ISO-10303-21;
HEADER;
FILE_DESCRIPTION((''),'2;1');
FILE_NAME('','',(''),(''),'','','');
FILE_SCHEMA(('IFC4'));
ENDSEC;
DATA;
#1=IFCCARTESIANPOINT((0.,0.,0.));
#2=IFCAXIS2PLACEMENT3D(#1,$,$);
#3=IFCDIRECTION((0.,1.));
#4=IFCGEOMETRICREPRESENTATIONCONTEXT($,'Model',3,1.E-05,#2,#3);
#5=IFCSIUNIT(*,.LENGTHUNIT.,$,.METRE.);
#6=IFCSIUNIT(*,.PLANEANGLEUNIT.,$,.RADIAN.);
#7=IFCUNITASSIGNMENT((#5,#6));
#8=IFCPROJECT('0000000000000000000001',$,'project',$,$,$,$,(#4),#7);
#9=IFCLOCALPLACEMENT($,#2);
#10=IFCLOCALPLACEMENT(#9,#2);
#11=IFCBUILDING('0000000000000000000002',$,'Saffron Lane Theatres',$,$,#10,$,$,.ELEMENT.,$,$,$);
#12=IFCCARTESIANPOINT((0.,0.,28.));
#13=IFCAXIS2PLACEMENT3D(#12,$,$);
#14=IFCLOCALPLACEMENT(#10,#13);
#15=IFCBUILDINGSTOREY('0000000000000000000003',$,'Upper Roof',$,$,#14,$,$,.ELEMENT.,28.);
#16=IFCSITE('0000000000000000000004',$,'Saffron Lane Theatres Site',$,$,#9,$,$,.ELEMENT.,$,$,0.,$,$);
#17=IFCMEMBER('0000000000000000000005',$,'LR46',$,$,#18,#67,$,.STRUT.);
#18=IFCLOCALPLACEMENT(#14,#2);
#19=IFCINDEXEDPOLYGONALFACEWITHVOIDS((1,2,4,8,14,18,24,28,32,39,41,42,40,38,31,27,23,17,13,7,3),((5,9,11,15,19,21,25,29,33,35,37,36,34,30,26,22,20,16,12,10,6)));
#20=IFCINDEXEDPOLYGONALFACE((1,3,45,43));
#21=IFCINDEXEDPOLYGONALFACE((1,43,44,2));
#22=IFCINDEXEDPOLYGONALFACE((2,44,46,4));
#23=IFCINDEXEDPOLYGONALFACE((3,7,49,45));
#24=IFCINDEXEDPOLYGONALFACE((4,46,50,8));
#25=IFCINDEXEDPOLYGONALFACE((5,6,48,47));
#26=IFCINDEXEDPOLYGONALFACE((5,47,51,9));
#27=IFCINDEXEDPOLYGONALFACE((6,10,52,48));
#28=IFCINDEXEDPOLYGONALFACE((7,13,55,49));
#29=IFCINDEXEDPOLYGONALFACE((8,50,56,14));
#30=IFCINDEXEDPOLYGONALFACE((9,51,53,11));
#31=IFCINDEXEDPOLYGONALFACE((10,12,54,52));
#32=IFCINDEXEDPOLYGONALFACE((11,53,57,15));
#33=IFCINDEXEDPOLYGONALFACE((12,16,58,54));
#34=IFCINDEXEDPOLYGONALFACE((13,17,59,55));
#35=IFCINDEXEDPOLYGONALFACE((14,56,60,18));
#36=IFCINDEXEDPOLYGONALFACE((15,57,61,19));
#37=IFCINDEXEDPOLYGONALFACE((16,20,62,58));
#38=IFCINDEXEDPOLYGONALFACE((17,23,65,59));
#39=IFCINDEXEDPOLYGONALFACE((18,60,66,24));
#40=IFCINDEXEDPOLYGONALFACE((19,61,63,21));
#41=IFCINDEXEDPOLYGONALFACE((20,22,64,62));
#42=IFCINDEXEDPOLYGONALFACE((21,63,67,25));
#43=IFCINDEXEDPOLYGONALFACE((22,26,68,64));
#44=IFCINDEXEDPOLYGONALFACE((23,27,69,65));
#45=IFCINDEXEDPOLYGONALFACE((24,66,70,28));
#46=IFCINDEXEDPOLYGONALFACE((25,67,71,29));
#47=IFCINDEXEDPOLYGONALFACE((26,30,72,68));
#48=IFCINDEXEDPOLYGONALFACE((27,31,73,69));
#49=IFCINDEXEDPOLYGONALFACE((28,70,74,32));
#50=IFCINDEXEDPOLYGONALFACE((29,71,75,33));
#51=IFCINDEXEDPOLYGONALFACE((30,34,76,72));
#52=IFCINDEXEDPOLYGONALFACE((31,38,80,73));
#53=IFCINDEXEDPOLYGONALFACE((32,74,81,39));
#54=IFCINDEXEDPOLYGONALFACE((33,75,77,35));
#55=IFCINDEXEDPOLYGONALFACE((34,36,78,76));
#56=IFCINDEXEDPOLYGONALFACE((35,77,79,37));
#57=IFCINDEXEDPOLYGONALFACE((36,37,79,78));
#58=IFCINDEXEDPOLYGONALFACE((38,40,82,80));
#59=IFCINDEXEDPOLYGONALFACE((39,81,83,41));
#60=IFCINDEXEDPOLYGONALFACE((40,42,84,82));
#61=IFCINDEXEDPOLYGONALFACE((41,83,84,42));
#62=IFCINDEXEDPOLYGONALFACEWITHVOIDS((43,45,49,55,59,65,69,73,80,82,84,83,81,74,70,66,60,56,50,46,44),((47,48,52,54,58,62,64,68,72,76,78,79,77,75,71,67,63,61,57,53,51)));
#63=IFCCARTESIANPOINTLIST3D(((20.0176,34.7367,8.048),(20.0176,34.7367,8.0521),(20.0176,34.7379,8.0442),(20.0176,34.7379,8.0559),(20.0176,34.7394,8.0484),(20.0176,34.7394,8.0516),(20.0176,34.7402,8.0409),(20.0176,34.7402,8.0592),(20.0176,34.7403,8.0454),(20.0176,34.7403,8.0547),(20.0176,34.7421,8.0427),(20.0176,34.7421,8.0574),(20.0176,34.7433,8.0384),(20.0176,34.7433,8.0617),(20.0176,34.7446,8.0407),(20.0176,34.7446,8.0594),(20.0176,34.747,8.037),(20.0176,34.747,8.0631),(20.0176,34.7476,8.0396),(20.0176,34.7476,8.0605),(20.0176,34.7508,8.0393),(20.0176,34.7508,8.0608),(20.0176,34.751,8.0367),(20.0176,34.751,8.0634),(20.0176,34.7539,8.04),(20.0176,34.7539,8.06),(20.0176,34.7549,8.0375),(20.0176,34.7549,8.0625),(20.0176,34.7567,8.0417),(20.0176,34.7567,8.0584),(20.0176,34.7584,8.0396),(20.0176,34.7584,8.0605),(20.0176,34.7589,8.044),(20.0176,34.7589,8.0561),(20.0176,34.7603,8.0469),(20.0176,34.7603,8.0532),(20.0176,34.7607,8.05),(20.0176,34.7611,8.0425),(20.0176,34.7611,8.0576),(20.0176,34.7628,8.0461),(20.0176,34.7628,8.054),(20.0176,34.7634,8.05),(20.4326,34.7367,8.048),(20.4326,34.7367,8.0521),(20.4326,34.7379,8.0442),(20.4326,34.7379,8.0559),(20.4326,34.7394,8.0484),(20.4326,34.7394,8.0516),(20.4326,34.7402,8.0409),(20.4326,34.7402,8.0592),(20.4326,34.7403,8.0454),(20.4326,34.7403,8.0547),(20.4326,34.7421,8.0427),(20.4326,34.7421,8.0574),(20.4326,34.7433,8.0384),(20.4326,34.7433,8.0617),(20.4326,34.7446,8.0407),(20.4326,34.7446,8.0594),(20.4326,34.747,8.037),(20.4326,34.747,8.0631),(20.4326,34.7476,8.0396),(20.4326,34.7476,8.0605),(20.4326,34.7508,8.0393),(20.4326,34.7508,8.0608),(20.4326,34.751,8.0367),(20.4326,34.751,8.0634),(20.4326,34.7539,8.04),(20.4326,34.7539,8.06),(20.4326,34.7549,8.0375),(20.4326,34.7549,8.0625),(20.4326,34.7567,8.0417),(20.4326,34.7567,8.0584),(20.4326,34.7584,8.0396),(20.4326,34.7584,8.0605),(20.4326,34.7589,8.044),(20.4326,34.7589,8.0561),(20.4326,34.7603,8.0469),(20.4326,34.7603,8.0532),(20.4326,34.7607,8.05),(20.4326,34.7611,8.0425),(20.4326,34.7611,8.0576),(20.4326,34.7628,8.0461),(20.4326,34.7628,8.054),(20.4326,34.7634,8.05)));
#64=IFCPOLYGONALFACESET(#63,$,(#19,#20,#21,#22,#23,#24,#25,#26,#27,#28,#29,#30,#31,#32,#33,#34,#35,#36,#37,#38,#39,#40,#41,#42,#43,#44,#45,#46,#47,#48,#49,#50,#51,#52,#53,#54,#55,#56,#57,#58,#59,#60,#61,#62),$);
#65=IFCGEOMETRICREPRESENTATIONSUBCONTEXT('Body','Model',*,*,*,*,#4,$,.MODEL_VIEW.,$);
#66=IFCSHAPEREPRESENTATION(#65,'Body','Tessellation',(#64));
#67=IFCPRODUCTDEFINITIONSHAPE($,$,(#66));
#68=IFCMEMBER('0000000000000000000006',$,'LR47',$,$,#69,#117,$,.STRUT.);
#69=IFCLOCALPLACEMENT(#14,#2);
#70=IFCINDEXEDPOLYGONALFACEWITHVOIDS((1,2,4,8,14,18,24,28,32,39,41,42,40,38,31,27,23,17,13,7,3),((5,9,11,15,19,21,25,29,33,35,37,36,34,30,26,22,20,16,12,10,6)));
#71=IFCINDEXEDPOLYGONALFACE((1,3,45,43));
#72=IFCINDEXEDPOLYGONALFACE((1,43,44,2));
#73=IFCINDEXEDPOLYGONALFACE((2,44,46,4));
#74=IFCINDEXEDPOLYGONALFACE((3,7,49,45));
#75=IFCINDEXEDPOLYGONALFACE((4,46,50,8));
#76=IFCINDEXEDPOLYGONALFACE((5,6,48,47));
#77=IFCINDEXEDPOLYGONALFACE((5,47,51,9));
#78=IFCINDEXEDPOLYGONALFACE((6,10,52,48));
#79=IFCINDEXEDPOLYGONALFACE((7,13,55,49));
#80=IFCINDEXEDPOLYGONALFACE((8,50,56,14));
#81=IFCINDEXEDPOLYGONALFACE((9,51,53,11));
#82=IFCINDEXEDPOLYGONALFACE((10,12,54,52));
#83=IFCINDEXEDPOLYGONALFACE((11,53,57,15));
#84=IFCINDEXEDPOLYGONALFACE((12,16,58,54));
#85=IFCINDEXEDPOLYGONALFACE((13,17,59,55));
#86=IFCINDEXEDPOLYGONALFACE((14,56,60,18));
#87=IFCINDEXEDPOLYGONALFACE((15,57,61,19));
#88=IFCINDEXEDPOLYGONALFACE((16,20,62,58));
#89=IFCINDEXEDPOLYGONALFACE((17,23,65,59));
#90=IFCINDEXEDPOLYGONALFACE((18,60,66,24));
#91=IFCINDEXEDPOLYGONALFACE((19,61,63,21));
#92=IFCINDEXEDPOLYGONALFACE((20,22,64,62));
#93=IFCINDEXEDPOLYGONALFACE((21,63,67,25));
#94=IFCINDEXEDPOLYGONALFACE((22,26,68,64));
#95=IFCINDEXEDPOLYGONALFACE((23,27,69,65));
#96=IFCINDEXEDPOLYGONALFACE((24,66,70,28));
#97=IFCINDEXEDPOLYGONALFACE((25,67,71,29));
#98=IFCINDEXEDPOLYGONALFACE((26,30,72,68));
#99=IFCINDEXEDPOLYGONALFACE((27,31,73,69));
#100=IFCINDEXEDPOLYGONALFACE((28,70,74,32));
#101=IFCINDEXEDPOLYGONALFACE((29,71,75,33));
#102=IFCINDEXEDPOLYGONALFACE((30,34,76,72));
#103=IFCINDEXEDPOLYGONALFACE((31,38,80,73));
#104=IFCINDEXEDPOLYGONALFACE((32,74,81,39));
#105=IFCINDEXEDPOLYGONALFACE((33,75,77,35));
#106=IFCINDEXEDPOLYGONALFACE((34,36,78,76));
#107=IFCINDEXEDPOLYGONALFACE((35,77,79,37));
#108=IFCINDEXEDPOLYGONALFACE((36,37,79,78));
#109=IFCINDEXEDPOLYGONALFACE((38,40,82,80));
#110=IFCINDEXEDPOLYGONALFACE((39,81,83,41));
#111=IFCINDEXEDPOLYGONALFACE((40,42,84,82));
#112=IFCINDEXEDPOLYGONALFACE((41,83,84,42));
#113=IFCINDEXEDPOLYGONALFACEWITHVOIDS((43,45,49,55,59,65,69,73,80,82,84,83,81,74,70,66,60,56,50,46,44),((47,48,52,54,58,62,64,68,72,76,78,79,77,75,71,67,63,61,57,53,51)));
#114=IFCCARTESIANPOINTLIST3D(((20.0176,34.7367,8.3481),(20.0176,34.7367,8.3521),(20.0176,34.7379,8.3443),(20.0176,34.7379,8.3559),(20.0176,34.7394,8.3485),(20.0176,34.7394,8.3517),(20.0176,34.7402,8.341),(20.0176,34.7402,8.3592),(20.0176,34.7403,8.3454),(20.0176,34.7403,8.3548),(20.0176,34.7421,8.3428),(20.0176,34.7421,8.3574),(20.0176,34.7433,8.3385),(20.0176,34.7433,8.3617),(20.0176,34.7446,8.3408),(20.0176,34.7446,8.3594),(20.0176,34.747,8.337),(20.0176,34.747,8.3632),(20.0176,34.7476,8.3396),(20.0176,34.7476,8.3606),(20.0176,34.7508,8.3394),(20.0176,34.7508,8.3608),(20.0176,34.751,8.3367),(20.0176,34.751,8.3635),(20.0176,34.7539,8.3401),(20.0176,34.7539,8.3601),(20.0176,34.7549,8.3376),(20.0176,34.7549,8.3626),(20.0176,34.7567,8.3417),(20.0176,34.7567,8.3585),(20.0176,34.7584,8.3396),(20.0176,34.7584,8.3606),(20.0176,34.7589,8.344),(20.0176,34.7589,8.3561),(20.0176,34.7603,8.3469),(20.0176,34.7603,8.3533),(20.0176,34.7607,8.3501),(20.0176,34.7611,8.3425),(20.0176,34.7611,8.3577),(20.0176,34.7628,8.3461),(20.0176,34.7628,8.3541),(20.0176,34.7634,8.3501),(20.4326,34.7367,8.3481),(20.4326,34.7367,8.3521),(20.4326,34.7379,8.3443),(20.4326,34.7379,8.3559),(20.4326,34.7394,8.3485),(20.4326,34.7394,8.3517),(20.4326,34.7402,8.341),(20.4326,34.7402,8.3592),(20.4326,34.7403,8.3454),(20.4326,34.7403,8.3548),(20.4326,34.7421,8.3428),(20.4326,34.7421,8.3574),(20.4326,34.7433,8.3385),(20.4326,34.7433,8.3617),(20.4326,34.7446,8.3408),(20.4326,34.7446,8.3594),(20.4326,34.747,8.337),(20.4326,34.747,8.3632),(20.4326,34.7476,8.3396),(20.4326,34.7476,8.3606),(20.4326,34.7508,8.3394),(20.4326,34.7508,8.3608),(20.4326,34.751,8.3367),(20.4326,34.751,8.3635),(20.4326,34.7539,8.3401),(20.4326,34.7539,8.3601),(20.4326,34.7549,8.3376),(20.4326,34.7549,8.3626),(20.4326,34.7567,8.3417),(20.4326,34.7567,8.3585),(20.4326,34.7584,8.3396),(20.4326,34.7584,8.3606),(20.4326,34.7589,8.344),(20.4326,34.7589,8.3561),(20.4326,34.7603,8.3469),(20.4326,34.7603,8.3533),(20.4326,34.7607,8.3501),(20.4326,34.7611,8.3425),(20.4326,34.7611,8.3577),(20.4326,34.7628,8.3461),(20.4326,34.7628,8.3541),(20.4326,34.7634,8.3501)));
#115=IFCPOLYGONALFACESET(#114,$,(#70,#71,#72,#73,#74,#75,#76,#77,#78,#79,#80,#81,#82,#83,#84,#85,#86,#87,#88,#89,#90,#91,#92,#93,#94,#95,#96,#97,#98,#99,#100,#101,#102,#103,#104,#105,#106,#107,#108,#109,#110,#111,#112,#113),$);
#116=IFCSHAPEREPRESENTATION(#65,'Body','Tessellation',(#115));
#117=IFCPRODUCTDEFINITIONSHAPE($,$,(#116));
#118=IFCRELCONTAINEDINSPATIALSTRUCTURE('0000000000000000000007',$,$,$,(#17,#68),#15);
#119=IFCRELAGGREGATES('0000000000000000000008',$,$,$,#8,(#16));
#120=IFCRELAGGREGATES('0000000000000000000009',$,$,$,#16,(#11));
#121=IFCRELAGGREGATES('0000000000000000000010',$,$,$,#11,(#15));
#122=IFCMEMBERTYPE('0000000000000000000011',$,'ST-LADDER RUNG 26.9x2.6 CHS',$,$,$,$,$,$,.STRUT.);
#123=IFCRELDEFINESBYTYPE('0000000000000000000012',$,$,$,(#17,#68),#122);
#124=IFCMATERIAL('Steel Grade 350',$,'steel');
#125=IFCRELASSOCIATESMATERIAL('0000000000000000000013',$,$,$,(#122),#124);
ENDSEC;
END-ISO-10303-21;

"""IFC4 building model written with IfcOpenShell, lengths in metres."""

from ifc_helpers import new_model, si_unit, direction, frame, origin, origin_2d, place, context, subcontext, project, spatial, hollow_circle, extrude, material, material_profile, profile_set, type_object, element, save


model = new_model("IFC4")

# Units and contexts
model_context = context("Model", 3, precision=1e-05, world=origin(), true_north=direction((0.0, 1.0)))
body_context = subcontext(model_context, "Body", "Model", "MODEL_VIEW")
ifc_project = project(units=[si_unit("LENGTHUNIT", "METRE"), si_unit("PLANEANGLEUNIT", "RADIAN")], contexts=[model_context])

# Site, building, storey
site_placement = place(None, origin())
site = spatial("IfcSite", under=ifc_project, at=site_placement, Name="Saffron Lane Theatres Site", CompositionType="ELEMENT", RefElevation=0.0)
building_placement = place(site_placement, origin())
building = spatial("IfcBuilding", under=site, at=building_placement, Name="Saffron Lane Theatres", CompositionType="ELEMENT")
storey_placement = place(building_placement, frame((0.0, 0.0, 28.0)))
storey = spatial("IfcBuildingStorey", under=building, at=storey_placement, Name="Upper Roof", CompositionType="ELEMENT", Elevation=28.0)

# Members
ifc_material_1 = material(Name="Steel Grade 350", Category="steel")
ifc_material_profile_1 = material_profile(ifc_material_1, hollow_circle(Radius=0.0134, WallThickness=0.0027, at=origin_2d()))
ifc_profile_set_1 = profile_set([ifc_material_profile_1], Name="Steel Grade 350")
member_type_1 = type_object("IfcMemberType", Name="ST-LADDER RUNG 26.9x2.6 CHS", PredefinedType="STRUT", material=ifc_profile_set_1)
for number, where, z_axis, x_axis, name in (
    (1, (20.0176, 34.75, 8.05), (1.0, 0.0, 0.0), (0.0, 1.0, 0.0), "LR46"),
    (2, (20.0176, 34.75, 8.3501), (1.0, 0.0, 0.0), (0.0, 1.0, 0.0), "LR47"),
):
    element("IfcMember", number, at=place(storey_placement, frame(where, z_axis=z_axis, x_axis=x_axis)), inside=storey, type_object=member_type_1, Name=name, PredefinedType="STRUT", context=body_context, shape_type="SweptSolid", body=[
        extrude(hollow_circle(Radius=0.0134, WallThickness=0.0027, at=origin_2d()), origin(), (0.0, 0.0, 1.0), 0.415),
    ])

save(model, "model.ifc")
